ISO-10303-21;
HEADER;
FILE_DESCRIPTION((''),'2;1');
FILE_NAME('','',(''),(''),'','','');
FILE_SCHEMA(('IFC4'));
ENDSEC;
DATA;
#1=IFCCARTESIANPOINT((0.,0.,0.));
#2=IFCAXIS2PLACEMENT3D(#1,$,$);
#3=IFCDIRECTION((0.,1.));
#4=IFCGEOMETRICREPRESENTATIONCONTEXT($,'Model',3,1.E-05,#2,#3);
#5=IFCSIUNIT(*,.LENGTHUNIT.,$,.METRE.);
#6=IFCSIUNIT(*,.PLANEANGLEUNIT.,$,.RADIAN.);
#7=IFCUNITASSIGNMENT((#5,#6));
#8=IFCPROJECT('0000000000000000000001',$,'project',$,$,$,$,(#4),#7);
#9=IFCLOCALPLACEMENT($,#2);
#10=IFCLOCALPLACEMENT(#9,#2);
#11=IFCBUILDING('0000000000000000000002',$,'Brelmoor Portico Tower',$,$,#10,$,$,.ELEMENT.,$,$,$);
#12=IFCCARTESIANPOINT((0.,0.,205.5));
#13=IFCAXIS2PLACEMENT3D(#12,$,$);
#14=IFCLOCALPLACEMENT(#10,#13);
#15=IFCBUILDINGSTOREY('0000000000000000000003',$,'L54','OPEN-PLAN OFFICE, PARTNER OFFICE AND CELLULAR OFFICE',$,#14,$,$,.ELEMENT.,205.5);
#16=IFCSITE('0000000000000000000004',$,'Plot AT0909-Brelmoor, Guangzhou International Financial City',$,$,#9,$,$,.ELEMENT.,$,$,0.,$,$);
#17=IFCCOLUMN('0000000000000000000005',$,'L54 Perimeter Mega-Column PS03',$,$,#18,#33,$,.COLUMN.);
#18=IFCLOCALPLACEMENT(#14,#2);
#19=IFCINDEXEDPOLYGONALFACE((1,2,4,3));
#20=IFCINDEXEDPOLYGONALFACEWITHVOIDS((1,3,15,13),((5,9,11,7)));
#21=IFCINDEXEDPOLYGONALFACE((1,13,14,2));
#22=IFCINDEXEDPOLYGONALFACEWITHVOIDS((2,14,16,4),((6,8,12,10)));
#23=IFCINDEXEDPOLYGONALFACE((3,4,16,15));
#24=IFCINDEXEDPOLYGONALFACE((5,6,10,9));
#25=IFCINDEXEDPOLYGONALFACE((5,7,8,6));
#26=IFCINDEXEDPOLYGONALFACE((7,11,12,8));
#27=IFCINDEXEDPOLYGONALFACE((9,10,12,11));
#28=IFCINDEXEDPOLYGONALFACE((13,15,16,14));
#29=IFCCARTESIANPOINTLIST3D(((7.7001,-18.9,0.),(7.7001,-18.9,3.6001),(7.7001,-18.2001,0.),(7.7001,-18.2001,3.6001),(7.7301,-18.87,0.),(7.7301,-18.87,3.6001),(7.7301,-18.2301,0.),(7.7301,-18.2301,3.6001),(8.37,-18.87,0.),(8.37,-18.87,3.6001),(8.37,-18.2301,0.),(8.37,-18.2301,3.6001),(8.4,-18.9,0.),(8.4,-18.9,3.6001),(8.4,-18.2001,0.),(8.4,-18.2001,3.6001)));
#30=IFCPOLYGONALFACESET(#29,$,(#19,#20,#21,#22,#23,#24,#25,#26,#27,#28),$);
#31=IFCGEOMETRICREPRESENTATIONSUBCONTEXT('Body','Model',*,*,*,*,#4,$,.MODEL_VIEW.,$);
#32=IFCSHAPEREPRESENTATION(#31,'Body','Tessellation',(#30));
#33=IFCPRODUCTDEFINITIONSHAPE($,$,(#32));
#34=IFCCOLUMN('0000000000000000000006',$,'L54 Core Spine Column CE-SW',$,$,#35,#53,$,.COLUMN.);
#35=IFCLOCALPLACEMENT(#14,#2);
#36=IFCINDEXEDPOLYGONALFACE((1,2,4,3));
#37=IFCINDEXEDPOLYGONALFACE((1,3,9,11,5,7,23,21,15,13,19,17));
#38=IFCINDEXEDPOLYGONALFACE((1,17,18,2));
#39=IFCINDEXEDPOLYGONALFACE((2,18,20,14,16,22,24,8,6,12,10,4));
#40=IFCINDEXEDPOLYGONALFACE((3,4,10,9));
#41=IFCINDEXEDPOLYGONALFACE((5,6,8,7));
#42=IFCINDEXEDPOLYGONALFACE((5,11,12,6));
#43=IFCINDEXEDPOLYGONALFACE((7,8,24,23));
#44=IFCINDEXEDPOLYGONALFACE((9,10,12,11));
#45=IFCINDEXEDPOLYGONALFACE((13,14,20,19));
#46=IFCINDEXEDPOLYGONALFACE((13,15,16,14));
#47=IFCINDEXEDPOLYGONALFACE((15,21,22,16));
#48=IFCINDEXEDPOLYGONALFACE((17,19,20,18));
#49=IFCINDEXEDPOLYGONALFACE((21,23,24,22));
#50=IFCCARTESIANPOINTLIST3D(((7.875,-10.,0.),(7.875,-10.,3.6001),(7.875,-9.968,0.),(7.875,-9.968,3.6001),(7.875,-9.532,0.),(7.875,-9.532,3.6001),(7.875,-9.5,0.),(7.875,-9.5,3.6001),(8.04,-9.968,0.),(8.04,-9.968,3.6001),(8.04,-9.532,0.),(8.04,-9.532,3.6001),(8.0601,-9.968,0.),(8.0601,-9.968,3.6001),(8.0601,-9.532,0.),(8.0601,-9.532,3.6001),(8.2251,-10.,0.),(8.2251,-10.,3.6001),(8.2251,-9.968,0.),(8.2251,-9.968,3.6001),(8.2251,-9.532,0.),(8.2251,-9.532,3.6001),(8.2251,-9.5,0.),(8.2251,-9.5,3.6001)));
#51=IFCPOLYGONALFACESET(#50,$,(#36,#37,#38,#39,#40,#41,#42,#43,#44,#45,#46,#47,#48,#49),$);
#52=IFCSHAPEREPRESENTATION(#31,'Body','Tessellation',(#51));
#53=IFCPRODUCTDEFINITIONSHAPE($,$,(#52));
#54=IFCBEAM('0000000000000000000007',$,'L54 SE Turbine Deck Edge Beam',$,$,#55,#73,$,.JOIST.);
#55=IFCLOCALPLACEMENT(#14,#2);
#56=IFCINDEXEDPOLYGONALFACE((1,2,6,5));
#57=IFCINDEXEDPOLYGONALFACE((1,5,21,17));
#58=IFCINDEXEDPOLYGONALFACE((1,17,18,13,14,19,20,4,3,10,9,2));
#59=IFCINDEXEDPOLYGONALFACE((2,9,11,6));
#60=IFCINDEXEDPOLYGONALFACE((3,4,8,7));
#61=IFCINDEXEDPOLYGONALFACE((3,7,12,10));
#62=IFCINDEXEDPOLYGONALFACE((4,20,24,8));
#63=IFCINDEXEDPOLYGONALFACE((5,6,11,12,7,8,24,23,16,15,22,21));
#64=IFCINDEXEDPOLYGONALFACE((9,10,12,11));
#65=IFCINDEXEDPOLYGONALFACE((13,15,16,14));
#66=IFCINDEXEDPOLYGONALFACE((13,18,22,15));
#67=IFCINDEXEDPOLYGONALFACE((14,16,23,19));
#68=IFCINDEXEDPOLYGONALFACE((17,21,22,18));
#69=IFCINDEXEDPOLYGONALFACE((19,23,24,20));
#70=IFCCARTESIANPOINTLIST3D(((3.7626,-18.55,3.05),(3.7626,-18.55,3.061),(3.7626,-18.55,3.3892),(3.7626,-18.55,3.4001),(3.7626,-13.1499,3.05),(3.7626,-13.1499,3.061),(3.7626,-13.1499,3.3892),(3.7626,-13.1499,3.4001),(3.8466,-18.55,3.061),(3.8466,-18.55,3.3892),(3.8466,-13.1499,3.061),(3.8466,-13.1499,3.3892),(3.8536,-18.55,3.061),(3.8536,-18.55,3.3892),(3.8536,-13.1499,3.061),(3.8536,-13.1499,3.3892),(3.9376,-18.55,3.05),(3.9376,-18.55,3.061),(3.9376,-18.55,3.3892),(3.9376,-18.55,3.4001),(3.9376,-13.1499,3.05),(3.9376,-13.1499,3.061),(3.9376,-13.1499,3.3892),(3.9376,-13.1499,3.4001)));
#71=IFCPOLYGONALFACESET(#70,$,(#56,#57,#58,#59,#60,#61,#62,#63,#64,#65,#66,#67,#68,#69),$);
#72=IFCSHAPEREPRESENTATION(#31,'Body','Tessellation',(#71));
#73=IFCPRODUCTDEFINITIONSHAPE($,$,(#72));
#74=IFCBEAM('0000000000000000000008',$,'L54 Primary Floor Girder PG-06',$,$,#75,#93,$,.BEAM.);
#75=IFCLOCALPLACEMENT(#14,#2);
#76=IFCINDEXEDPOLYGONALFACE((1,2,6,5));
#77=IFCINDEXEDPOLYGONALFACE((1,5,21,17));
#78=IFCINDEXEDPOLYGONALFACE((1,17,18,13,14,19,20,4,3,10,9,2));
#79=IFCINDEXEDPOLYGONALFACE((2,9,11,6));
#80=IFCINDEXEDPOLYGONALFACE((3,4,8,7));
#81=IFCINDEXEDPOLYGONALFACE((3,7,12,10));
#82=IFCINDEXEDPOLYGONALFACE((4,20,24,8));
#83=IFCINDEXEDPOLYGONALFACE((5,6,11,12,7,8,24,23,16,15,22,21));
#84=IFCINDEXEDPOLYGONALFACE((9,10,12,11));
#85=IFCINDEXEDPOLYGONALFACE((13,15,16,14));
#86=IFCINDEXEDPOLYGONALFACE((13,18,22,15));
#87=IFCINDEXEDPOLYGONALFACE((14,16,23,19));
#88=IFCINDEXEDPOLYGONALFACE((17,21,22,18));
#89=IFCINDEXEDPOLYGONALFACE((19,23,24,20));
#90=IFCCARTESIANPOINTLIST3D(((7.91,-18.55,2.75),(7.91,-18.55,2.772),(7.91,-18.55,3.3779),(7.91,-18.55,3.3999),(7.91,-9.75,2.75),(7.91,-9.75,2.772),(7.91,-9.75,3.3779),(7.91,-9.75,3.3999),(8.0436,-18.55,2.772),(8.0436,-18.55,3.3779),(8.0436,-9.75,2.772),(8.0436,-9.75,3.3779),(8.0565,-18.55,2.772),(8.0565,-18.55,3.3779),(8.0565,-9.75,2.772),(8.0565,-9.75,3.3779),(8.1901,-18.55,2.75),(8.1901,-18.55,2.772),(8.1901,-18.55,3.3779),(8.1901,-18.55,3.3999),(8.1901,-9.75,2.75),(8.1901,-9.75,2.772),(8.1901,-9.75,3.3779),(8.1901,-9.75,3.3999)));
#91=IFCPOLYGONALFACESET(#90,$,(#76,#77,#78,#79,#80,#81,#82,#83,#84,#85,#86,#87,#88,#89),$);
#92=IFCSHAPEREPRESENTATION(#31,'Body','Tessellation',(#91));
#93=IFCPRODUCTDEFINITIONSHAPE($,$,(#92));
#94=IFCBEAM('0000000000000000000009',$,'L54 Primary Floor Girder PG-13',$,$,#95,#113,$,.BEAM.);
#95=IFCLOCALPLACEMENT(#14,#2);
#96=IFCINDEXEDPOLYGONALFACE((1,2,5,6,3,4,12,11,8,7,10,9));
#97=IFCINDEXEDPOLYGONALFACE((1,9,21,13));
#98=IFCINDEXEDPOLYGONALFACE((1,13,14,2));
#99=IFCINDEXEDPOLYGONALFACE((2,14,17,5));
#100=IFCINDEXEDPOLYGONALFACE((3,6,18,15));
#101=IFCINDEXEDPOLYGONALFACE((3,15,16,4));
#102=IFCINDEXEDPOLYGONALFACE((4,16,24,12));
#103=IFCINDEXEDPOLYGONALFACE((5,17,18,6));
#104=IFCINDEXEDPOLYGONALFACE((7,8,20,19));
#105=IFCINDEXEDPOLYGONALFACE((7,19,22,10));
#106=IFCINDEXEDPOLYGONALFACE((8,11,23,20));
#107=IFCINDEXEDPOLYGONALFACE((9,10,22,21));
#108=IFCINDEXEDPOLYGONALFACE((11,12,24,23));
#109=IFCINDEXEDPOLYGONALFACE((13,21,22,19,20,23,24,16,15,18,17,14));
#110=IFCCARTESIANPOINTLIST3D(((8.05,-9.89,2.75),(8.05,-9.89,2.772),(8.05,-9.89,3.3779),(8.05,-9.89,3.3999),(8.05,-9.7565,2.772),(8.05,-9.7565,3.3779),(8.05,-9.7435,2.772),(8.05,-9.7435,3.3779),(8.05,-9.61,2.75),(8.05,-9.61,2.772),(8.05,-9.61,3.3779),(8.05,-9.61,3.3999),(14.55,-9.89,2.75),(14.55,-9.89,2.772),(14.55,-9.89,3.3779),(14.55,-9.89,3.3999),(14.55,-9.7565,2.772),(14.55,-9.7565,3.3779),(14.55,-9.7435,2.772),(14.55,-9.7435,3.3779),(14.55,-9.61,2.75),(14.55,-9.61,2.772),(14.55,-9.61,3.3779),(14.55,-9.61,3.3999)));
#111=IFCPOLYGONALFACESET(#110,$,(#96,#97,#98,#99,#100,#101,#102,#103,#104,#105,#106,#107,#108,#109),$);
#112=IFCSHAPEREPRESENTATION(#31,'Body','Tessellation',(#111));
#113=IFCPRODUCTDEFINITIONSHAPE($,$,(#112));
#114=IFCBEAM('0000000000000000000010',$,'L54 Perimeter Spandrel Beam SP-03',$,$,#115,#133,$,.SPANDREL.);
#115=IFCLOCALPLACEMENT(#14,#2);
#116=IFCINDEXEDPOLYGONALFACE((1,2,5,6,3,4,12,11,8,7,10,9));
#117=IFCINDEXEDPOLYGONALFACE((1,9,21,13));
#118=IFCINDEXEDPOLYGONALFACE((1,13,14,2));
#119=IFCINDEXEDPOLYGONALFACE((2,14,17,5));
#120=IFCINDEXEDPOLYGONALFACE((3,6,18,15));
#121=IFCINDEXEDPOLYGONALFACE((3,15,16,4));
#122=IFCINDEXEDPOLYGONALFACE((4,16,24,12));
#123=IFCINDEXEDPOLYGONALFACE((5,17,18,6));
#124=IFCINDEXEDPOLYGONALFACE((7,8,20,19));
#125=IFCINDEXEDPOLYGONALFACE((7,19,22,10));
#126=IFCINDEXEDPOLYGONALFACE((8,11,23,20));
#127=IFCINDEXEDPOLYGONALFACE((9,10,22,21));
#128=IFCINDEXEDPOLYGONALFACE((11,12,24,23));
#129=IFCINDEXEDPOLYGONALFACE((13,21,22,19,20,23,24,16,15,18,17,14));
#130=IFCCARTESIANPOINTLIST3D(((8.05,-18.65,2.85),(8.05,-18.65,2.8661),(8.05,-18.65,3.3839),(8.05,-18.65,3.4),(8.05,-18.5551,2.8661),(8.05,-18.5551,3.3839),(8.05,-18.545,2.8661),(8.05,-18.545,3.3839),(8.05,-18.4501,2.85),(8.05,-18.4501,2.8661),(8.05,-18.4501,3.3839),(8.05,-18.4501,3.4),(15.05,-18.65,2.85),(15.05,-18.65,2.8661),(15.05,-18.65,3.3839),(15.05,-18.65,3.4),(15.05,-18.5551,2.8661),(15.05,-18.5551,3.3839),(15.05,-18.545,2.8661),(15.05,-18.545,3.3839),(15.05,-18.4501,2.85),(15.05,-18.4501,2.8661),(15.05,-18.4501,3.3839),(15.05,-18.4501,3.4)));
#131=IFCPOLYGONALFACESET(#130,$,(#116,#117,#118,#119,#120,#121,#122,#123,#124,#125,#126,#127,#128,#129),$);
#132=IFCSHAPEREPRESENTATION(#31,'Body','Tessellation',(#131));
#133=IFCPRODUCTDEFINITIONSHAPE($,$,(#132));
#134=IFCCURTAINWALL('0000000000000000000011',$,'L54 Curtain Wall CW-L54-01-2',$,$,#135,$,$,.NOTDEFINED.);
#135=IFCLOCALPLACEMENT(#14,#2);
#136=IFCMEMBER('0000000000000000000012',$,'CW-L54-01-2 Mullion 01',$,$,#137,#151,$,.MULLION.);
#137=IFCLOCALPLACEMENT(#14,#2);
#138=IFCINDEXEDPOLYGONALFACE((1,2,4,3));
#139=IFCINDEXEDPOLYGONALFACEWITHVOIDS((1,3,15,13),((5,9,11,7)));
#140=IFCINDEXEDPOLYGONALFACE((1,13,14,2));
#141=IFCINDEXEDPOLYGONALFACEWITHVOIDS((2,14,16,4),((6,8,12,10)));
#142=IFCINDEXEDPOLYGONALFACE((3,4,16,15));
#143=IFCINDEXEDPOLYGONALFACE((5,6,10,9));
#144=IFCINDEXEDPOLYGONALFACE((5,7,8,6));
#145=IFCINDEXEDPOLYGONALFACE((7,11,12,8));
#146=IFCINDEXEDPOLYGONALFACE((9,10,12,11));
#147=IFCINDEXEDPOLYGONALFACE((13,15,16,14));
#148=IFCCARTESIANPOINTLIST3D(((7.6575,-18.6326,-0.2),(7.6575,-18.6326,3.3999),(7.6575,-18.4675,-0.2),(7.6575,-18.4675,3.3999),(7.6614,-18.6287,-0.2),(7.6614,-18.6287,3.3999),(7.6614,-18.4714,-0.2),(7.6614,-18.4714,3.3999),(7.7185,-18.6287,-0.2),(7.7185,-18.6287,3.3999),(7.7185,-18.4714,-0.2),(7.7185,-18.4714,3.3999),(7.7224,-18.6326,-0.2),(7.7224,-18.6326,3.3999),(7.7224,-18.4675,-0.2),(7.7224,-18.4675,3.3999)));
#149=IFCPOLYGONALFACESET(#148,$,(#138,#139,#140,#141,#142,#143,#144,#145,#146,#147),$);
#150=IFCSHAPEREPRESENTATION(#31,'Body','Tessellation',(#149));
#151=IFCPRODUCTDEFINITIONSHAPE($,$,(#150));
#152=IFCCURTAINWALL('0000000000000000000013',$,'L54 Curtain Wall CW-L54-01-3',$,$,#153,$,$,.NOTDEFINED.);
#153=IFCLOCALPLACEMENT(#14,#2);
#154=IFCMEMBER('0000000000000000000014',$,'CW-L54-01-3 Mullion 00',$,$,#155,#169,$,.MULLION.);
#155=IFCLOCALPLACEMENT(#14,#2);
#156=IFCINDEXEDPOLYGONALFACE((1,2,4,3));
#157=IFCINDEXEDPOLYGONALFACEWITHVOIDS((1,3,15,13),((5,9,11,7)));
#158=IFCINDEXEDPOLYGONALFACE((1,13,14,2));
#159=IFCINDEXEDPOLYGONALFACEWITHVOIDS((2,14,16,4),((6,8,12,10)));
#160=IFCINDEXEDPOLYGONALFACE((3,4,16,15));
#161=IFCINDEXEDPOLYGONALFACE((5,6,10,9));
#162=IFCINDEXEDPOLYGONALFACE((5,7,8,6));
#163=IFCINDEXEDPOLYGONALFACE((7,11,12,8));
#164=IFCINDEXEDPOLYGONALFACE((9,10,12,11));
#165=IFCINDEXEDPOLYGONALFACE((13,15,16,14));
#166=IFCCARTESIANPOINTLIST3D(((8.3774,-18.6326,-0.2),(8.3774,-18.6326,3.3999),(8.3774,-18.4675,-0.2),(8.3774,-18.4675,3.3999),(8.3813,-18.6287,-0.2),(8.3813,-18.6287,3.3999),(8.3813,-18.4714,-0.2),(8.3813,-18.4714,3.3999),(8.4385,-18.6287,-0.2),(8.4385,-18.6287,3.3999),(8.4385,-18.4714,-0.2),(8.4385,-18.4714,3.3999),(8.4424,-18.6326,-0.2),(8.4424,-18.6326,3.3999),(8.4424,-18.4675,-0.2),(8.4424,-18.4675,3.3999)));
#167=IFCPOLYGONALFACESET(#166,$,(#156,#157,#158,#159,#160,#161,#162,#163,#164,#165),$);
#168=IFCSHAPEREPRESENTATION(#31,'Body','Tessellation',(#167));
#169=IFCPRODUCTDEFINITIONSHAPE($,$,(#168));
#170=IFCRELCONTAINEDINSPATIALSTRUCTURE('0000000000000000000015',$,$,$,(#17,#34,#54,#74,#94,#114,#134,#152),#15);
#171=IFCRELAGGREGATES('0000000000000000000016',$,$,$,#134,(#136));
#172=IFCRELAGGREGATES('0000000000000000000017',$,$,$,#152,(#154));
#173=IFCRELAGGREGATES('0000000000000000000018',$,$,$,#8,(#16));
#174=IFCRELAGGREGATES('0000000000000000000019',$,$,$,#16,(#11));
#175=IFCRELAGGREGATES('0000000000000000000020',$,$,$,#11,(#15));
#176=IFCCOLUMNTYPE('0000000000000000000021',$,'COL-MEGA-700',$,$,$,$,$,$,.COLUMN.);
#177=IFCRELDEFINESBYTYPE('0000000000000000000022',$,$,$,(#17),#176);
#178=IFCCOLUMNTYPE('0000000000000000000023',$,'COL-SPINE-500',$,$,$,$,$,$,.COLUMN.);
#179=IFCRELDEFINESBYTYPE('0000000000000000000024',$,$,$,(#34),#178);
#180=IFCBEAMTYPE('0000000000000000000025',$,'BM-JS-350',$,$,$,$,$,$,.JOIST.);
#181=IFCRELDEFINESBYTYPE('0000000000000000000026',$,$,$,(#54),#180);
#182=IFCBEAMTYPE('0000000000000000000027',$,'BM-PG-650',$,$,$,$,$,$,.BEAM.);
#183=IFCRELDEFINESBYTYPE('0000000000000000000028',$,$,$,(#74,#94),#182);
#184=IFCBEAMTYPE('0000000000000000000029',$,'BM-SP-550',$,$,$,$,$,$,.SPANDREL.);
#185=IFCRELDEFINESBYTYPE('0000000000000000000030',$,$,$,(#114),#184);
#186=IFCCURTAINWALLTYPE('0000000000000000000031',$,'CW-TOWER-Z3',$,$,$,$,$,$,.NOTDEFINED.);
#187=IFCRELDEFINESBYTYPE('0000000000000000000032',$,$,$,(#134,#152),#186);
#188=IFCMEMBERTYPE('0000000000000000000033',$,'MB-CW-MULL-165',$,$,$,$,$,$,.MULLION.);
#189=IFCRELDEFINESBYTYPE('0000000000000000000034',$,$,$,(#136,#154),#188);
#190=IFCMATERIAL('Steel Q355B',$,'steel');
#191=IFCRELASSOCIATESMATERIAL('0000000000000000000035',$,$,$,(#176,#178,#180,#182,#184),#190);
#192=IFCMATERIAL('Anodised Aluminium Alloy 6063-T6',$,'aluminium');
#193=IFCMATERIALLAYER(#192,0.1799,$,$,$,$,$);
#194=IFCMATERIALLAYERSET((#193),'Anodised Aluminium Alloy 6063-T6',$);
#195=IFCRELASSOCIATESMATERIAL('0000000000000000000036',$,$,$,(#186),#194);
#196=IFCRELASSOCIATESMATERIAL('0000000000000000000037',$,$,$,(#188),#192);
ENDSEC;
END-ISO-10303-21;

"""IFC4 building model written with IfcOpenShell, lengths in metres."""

from ifc_helpers import new_model, si_unit, direction, frame, origin, origin_2d, place, context, subcontext, project, spatial, hollow_rectangle, i_section, extrude, material, layer, layer_set, material_profile, profile_set, type_object, element, aggregate, save


model = new_model("IFC4")

# Units and contexts
model_context = context("Model", 3, precision=1e-05, world=origin(), true_north=direction((0.0, 1.0)))
body_context = subcontext(model_context, "Body", "Model", "MODEL_VIEW")
ifc_project = project(units=[si_unit("LENGTHUNIT", "METRE"), si_unit("PLANEANGLEUNIT", "RADIAN")], contexts=[model_context])

# Site, building, storey
site_placement = place(None, origin())
site = spatial("IfcSite", under=ifc_project, at=site_placement, Name="Plot AT0909-Brelmoor, Guangzhou International Financial City", CompositionType="ELEMENT", RefElevation=0.0)
building_placement = place(site_placement, origin())
building = spatial("IfcBuilding", under=site, at=building_placement, Name="Brelmoor Portico Tower", CompositionType="ELEMENT")
storey_placement = place(building_placement, frame((0.0, 0.0, 205.5)))
storey = spatial("IfcBuildingStorey", under=building, at=storey_placement, Name="L54", Description="OPEN-PLAN OFFICE, PARTNER OFFICE AND CELLULAR OFFICE", CompositionType="ELEMENT", Elevation=205.5)

# Columns
ifc_material_1 = material(Name="Steel Q355B", Category="steel")
ifc_material_profile_1 = material_profile(ifc_material_1, hollow_rectangle(XDim=0.7, YDim=0.7, WallThickness=0.03, at=origin_2d()), Name="BOX 700x700x30")
ifc_profile_set_1 = profile_set([ifc_material_profile_1], Name="Steel Q355B")
column_type_1 = type_object("IfcColumnType", Name="COL-MEGA-700", PredefinedType="COLUMN", material=ifc_profile_set_1)
column_1_placement = place(storey_placement, frame((8.05, -18.55, 0.0), z_axis=(0.0, 0.0, 1.0), x_axis=(1.0, 0.0, 0.0)))
element("IfcColumn", 1, at=column_1_placement, inside=storey, type_object=column_type_1, Name="L54 Perimeter Mega-Column PS03", PredefinedType="COLUMN", context=body_context, shape_type="SweptSolid", body=[
    extrude(hollow_rectangle(XDim=0.7, YDim=0.7, WallThickness=0.03, at=origin_2d()), origin(), (0.0, 0.0, 1.0), 3.6001),
])
ifc_material_profile_2 = material_profile(ifc_material_1, i_section(OverallWidth=0.3501, OverallDepth=0.5, WebThickness=0.02, FlangeThickness=0.032, at=origin_2d()), Name="HW 500x350x20x32")
ifc_profile_set_2 = profile_set([ifc_material_profile_2], Name="Steel Q355B")
column_type_2 = type_object("IfcColumnType", Name="COL-SPINE-500", PredefinedType="COLUMN", material=ifc_profile_set_2)
column_2_placement = place(storey_placement, frame((8.05, -9.75, 0.0), z_axis=(0.0, 0.0, 1.0), x_axis=(1.0, 0.0, 0.0)))
element("IfcColumn", 2, at=column_2_placement, inside=storey, type_object=column_type_2, Name="L54 Core Spine Column CE-SW", PredefinedType="COLUMN", context=body_context, shape_type="SweptSolid", body=[
    extrude(i_section(OverallWidth=0.3501, OverallDepth=0.5, WebThickness=0.02, FlangeThickness=0.032, at=origin_2d()), origin(), (0.0, 0.0, 1.0), 3.6001),
])

# Beams
ifc_material_profile_3 = material_profile(ifc_material_1, i_section(OverallWidth=0.175, OverallDepth=0.3501, WebThickness=0.0071, FlangeThickness=0.011, at=origin_2d()), Name="HN 350x175x7x11")
ifc_profile_set_3 = profile_set([ifc_material_profile_3], Name="Steel Q355B")
beam_type_1 = type_object("IfcBeamType", Name="BM-JS-350", PredefinedType="JOIST", material=ifc_profile_set_3)
beam_1_placement = place(storey_placement, frame((3.8501, -18.55, 3.2251), z_axis=(0.0, 1.0, 0.0), x_axis=(-1.0, 0.0, 0.0)))
element("IfcBeam", 3, at=beam_1_placement, inside=storey, type_object=beam_type_1, Name="L54 SE Turbine Deck Edge Beam", PredefinedType="JOIST", context=body_context, shape_type="SweptSolid", body=[
    extrude(i_section(OverallWidth=0.175, OverallDepth=0.3501, WebThickness=0.0071, FlangeThickness=0.011, at=origin_2d()), origin(), (0.0, 0.0, 1.0), 5.4001),
])
ifc_material_profile_4 = material_profile(ifc_material_1, i_section(OverallWidth=0.28, OverallDepth=0.6499, WebThickness=0.0129, FlangeThickness=0.022, at=origin_2d()), Name="HN 650x280x13x22")
ifc_profile_set_4 = profile_set([ifc_material_profile_4], Name="Steel Q355B")
beam_type_2 = type_object("IfcBeamType", Name="BM-PG-650", PredefinedType="BEAM", material=ifc_profile_set_4)
beam_2_placement = place(storey_placement, frame((8.05, -18.55, 3.075), z_axis=(0.0, 1.0, 0.0), x_axis=(-1.0, 0.0, 0.0)))
element("IfcBeam", 4, at=beam_2_placement, inside=storey, type_object=beam_type_2, Name="L54 Primary Floor Girder PG-06", PredefinedType="BEAM", context=body_context, shape_type="SweptSolid", body=[
    extrude(i_section(OverallWidth=0.28, OverallDepth=0.6499, WebThickness=0.0129, FlangeThickness=0.022, at=origin_2d()), origin(), (0.0, 0.0, 1.0), 8.8),
])
beam_3_placement = place(storey_placement, frame((8.05, -9.75, 3.075), z_axis=(1.0, 0.0, 0.0), x_axis=(0.0, 1.0, 0.0)))
element("IfcBeam", 5, at=beam_3_placement, inside=storey, type_object=beam_type_2, Name="L54 Primary Floor Girder PG-13", PredefinedType="BEAM", context=body_context, shape_type="SweptSolid", body=[
    extrude(i_section(OverallWidth=0.28, OverallDepth=0.6499, WebThickness=0.0129, FlangeThickness=0.022, at=origin_2d()), origin(), (0.0, 0.0, 1.0), 6.5),
])
ifc_material_profile_5 = material_profile(ifc_material_1, i_section(OverallWidth=0.2, OverallDepth=0.55, WebThickness=0.01, FlangeThickness=0.0161, at=origin_2d()), Name="HN 550x200x10x16")
ifc_profile_set_5 = profile_set([ifc_material_profile_5], Name="Steel Q355B")
beam_type_3 = type_object("IfcBeamType", Name="BM-SP-550", PredefinedType="SPANDREL", material=ifc_profile_set_5)
beam_4_placement = place(storey_placement, frame((8.05, -18.55, 3.125), z_axis=(1.0, 0.0, 0.0), x_axis=(0.0, 1.0, 0.0)))
element("IfcBeam", 6, at=beam_4_placement, inside=storey, type_object=beam_type_3, Name="L54 Perimeter Spandrel Beam SP-03", PredefinedType="SPANDREL", context=body_context, shape_type="SweptSolid", body=[
    extrude(i_section(OverallWidth=0.2, OverallDepth=0.55, WebThickness=0.01, FlangeThickness=0.0161, at=origin_2d()), origin(), (0.0, 0.0, 1.0), 7.0),
])

# Curtain wall, member
ifc_material_2 = material(Name="Anodised Aluminium Alloy 6063-T6", Category="aluminium")
ifc_layer_1 = layer(ifc_material_2, 0.1799)
ifc_layer_set_1 = layer_set([ifc_layer_1], Name="Anodised Aluminium Alloy 6063-T6")
curtain_wall_type = type_object("IfcCurtainWallType", Name="CW-TOWER-Z3", PredefinedType="NOTDEFINED", material=ifc_layer_set_1)
curtain_wall_1_placement = place(storey_placement, origin())
curtain_wall_1 = element("IfcCurtainWall", 7, at=curtain_wall_1_placement, inside=storey, type_object=curtain_wall_type, Name="L54 Curtain Wall CW-L54-01-2", PredefinedType="NOTDEFINED")
ifc_material_profile_6 = material_profile(ifc_material_2, hollow_rectangle(XDim=0.0649, YDim=0.165, WallThickness=0.0039, at=origin_2d()), Name="ALU MULLION 65x165")
ifc_profile_set_6 = profile_set([ifc_material_profile_6], Name="Anodised Aluminium Alloy 6063-T6")
member_type_1 = type_object("IfcMemberType", Name="MB-CW-MULL-165", PredefinedType="MULLION", material=ifc_profile_set_6)
member_1_placement = place(storey_placement, frame((7.6899, -18.55, -0.2), z_axis=(0.0, 0.0, 1.0), x_axis=(1.0, 0.0, 0.0)))
member_1 = element("IfcMember", 8, at=member_1_placement, type_object=member_type_1, Name="CW-L54-01-2 Mullion 01", PredefinedType="MULLION", context=body_context, shape_type="SweptSolid", body=[
    extrude(hollow_rectangle(XDim=0.0649, YDim=0.165, WallThickness=0.0039, at=origin_2d()), origin(), (0.0, 0.0, 1.0), 3.5999),
])

# Curtain wall, member
curtain_wall_2_placement = place(storey_placement, origin())
curtain_wall_2 = element("IfcCurtainWall", 9, at=curtain_wall_2_placement, inside=storey, type_object=curtain_wall_type, Name="L54 Curtain Wall CW-L54-01-3", PredefinedType="NOTDEFINED")
member_2_placement = place(storey_placement, frame((8.4099, -18.55, -0.2), z_axis=(0.0, 0.0, 1.0), x_axis=(1.0, 0.0, 0.0)))
member_2 = element("IfcMember", 10, at=member_2_placement, type_object=member_type_1, Name="CW-L54-01-3 Mullion 00", PredefinedType="MULLION", context=body_context, shape_type="SweptSolid", body=[
    extrude(hollow_rectangle(XDim=0.0649, YDim=0.165, WallThickness=0.0039, at=origin_2d()), origin(), (0.0, 0.0, 1.0), 3.5999),
])

aggregate(curtain_wall_1, [member_1])
aggregate(curtain_wall_2, [member_2])

save(model, "model.ifc")
